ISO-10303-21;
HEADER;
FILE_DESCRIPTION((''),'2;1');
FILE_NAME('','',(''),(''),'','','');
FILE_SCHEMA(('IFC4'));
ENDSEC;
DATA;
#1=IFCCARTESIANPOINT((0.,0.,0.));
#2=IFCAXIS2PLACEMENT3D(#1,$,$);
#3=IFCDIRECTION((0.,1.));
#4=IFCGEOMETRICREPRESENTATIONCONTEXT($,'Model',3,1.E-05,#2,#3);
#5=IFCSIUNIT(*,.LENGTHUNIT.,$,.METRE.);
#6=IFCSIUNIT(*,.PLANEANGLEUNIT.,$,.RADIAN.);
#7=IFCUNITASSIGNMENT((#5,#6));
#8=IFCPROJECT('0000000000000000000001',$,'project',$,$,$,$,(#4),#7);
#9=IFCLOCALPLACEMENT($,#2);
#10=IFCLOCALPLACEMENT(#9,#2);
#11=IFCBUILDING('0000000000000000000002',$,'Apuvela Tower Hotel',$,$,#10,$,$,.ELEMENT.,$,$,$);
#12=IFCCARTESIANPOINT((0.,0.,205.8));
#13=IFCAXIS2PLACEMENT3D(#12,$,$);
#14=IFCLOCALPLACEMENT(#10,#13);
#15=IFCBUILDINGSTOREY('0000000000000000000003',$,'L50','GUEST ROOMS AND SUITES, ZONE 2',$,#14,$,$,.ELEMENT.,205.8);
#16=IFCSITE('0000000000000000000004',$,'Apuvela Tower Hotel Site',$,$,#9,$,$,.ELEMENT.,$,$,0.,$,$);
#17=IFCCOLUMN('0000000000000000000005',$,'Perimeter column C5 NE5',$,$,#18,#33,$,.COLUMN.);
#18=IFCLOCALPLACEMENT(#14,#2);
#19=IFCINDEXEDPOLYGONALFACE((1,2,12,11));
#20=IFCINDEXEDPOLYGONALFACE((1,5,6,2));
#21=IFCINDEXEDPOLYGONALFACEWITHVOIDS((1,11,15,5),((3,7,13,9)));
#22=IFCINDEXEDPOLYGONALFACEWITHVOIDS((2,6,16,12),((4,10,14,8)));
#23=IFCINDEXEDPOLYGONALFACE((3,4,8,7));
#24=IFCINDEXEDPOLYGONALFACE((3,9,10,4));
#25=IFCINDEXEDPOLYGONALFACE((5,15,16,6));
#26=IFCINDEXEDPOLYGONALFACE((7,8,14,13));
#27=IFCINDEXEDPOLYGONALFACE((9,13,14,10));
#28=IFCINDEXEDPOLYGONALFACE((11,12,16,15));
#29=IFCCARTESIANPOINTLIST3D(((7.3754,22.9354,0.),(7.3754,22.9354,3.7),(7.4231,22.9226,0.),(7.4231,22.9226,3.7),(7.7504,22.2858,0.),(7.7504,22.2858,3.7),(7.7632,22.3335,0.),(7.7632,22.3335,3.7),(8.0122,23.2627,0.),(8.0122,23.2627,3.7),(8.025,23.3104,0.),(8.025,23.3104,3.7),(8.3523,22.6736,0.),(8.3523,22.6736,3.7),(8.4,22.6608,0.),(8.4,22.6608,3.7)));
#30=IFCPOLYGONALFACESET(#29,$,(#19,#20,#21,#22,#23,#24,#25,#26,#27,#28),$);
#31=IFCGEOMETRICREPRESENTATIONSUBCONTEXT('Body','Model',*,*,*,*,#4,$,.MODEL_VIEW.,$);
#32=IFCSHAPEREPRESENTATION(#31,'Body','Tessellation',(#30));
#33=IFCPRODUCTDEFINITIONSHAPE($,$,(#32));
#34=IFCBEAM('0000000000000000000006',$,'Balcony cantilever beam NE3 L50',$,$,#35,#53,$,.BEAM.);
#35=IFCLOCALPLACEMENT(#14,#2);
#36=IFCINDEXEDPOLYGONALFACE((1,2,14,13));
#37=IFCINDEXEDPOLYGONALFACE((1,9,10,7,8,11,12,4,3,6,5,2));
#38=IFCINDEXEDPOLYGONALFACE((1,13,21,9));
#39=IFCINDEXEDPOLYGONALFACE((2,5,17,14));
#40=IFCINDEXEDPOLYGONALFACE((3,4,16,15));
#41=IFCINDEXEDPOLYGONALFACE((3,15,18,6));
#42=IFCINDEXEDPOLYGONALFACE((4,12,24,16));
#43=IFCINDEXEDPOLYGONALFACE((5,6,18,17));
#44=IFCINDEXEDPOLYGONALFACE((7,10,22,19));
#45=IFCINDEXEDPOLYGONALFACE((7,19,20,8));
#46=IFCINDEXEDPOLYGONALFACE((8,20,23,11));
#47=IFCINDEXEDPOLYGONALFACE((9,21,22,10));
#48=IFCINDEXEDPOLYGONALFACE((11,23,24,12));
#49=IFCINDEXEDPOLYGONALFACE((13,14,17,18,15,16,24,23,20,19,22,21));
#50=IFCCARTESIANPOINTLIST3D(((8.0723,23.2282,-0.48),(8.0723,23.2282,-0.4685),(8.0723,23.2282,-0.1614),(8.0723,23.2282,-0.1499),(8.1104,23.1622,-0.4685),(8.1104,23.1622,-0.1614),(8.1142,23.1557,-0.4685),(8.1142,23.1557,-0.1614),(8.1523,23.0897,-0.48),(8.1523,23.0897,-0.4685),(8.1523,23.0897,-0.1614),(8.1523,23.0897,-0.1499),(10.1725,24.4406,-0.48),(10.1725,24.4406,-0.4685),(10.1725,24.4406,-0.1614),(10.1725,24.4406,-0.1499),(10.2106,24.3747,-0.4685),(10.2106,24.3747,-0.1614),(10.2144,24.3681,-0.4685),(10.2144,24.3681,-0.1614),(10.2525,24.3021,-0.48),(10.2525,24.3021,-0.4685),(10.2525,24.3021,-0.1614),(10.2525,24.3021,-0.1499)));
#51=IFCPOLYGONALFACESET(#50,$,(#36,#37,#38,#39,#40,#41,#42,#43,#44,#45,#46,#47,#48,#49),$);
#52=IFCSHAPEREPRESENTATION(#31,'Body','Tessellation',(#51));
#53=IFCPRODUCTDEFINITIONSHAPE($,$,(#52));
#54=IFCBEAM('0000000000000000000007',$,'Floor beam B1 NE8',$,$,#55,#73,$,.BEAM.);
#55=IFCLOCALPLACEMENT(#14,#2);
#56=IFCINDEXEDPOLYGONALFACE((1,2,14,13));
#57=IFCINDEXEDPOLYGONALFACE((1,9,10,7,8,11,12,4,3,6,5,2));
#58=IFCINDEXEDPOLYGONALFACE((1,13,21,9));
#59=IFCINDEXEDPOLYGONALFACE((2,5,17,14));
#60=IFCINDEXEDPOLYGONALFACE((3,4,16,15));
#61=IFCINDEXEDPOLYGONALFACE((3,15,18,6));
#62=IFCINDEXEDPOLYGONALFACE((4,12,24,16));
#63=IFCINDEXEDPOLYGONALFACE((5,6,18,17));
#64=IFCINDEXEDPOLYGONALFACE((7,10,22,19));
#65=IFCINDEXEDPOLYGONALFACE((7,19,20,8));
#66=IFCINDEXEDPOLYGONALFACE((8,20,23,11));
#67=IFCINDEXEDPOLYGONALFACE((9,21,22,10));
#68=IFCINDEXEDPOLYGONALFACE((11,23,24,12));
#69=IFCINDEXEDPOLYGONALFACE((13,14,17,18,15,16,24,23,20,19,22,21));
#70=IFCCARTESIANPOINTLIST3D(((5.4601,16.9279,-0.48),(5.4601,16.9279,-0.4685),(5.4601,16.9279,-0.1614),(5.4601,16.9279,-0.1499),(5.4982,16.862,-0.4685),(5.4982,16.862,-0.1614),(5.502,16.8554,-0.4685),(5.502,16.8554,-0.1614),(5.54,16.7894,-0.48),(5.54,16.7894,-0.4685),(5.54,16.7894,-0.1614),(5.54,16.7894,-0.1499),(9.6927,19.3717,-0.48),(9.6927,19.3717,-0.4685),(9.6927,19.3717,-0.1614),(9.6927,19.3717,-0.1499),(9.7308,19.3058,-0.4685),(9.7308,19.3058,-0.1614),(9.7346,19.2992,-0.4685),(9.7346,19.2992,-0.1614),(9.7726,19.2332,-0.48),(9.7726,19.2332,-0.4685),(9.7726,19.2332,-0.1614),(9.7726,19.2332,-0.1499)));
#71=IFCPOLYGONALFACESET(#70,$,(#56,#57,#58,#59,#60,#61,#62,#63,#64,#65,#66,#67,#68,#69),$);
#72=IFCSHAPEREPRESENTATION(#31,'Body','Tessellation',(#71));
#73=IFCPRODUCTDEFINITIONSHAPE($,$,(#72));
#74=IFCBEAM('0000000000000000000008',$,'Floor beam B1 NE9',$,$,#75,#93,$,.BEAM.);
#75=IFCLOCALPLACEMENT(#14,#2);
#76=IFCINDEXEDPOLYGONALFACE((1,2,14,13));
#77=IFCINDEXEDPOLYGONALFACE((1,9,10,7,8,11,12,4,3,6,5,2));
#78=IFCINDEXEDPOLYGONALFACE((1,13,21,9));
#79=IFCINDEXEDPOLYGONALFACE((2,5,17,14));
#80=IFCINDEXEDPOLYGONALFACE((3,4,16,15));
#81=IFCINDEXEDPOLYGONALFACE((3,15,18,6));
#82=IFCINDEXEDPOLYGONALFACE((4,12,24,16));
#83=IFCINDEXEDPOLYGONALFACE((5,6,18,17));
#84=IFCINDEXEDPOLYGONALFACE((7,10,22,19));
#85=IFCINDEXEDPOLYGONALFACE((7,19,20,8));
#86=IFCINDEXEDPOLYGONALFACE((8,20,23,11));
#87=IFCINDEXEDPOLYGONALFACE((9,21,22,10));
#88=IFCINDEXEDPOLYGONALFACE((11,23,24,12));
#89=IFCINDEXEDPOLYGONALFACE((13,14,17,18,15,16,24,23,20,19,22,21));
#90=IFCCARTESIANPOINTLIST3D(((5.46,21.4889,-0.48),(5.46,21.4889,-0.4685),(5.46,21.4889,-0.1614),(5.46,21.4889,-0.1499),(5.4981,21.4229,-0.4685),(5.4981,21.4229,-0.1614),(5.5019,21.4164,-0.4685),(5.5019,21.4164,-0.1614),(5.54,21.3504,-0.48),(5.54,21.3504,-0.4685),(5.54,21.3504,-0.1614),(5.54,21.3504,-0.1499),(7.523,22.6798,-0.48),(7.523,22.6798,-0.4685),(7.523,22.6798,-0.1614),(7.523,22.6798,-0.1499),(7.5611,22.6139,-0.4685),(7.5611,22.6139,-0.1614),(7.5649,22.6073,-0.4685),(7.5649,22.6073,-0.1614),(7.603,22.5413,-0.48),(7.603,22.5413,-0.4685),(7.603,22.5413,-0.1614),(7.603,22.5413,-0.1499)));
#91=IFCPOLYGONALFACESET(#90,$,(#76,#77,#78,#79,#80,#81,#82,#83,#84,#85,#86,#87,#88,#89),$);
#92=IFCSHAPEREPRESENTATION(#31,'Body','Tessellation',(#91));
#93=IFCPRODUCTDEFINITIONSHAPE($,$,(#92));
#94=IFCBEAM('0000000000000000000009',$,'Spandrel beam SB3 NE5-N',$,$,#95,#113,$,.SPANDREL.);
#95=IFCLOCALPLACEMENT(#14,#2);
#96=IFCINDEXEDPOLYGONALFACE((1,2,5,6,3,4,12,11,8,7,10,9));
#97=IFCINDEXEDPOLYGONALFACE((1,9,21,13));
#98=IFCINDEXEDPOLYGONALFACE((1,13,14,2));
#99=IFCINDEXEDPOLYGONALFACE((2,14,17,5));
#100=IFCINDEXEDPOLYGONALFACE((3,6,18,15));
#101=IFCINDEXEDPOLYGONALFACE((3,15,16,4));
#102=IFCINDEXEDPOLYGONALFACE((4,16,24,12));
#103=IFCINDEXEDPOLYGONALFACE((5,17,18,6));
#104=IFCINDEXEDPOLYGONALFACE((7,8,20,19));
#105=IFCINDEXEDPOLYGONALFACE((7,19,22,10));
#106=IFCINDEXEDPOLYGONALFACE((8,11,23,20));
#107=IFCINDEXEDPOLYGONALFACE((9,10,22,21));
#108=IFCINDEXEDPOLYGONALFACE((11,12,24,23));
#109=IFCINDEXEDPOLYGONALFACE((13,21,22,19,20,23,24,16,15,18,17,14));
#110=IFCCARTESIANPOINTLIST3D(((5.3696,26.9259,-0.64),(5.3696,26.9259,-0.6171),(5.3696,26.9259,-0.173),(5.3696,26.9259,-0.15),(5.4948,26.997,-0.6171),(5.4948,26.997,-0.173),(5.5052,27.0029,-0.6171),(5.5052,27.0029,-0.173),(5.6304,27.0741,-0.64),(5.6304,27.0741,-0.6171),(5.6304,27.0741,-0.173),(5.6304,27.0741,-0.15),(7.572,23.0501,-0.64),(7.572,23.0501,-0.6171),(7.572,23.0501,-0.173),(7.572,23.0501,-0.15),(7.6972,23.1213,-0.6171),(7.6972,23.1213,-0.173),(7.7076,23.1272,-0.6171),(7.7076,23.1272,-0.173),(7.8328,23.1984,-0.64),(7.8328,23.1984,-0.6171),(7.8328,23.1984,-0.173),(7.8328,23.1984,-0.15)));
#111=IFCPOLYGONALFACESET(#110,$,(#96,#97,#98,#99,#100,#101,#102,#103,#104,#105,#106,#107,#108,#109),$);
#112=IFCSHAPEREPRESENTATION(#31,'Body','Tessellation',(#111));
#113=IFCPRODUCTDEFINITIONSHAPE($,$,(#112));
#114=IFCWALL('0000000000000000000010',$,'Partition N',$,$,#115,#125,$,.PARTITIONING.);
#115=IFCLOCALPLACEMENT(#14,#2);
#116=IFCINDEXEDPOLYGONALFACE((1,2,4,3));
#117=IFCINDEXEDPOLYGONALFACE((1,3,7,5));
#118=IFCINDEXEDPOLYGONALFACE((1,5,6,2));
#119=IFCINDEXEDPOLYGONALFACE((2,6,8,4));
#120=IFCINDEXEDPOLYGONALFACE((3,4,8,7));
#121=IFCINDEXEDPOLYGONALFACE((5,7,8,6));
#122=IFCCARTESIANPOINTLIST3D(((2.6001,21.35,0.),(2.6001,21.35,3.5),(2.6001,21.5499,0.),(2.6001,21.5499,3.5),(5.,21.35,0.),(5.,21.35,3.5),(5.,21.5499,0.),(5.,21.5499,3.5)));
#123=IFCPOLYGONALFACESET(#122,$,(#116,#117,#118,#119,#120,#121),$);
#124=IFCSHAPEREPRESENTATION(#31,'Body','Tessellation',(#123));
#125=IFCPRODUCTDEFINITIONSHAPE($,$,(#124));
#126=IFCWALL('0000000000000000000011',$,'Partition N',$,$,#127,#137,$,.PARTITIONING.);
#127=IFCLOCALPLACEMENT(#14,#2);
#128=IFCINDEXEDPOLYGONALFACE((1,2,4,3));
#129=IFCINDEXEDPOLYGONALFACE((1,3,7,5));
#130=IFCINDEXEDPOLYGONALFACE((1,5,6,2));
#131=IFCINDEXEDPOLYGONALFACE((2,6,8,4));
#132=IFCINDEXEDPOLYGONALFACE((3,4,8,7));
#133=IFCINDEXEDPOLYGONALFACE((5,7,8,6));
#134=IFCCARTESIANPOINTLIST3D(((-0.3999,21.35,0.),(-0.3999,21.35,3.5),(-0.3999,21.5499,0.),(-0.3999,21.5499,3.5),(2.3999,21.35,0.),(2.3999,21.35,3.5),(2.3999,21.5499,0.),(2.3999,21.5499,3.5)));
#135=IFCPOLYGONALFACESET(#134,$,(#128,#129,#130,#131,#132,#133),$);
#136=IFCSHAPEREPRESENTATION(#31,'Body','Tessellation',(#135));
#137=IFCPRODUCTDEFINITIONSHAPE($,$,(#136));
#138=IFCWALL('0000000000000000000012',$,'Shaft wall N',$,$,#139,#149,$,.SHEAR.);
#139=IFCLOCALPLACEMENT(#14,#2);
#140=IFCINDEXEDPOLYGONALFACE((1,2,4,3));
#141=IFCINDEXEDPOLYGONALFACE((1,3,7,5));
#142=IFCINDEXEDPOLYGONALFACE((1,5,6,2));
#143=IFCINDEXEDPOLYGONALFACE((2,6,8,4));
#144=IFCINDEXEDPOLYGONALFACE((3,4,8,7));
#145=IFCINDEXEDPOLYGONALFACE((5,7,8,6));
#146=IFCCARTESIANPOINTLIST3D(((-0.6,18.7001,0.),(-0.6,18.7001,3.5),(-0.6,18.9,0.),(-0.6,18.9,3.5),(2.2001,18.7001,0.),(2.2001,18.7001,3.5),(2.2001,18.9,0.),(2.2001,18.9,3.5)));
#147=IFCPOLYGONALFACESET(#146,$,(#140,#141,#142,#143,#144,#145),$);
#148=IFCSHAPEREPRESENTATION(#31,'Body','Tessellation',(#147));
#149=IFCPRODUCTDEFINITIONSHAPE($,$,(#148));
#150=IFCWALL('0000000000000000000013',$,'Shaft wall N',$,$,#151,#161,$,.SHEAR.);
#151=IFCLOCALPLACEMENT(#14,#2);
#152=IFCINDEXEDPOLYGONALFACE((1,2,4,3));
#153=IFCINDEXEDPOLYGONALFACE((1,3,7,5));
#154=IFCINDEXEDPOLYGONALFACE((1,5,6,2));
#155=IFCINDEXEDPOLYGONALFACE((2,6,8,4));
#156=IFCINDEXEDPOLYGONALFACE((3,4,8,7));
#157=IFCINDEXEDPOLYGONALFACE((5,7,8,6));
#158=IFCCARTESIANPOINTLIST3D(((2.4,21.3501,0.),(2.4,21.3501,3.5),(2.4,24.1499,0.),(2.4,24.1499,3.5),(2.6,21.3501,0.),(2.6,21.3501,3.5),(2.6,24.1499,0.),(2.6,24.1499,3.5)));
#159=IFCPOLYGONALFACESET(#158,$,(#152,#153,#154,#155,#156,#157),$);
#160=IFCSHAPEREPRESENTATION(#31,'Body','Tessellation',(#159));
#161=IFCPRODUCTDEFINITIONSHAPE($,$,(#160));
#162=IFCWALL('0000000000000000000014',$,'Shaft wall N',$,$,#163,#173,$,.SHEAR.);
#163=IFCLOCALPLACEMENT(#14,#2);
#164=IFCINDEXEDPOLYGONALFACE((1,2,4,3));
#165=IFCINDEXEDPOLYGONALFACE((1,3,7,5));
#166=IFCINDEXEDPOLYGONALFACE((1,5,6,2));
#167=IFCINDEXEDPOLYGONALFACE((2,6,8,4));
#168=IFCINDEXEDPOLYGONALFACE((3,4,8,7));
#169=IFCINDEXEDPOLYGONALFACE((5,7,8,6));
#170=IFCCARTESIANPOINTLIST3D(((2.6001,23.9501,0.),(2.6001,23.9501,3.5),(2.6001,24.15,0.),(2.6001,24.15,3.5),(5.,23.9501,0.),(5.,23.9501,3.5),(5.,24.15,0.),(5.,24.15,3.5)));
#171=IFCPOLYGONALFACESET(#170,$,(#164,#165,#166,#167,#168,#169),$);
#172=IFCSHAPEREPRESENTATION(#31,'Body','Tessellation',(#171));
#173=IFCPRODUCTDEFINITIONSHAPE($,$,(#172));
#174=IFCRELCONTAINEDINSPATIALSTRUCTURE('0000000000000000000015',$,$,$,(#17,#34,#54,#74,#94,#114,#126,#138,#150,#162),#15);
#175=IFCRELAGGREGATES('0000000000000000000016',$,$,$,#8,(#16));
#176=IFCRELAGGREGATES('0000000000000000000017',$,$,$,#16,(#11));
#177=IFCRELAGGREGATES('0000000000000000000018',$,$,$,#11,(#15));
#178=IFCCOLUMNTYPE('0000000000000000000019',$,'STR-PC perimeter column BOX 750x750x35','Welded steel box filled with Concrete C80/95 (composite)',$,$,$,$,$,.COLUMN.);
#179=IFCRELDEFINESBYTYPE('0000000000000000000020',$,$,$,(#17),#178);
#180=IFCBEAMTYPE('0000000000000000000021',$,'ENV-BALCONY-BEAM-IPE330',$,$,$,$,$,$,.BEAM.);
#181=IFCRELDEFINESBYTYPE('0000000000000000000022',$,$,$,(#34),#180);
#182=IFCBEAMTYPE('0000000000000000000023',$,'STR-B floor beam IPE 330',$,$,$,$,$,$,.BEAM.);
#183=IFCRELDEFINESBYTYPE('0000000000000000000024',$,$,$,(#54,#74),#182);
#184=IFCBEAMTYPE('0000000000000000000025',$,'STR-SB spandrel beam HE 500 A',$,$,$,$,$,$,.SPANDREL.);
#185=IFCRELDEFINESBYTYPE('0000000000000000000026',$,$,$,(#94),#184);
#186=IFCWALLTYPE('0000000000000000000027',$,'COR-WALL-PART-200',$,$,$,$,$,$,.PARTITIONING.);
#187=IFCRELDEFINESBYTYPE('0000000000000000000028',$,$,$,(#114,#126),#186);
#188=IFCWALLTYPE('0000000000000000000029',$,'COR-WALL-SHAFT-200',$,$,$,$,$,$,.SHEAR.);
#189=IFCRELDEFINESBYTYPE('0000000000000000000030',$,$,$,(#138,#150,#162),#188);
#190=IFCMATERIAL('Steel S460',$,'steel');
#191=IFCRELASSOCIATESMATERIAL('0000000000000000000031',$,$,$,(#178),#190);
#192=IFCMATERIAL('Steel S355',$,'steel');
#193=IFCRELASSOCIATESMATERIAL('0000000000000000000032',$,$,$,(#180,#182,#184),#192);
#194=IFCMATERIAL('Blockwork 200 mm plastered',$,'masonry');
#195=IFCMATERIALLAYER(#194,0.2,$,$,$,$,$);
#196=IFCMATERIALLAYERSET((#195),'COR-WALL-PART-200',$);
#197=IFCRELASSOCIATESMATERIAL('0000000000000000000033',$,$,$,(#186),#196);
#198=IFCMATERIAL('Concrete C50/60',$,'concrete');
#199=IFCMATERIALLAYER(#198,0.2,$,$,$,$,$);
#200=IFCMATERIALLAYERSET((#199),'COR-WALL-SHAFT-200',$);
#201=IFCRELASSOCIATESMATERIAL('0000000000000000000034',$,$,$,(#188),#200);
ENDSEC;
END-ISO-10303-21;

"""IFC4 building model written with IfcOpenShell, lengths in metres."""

from ifc_helpers import new_model, si_unit, direction, frame, frame_2d, origin, origin_2d, place, context, subcontext, project, spatial, rectangle, hollow_rectangle, i_section, extrude, material, layer, layer_set, material_profile, profile_set, type_object, element, save


model = new_model("IFC4")

# Units and contexts
model_context = context("Model", 3, precision=1e-05, world=origin(), true_north=direction((0.0, 1.0)))
body_context = subcontext(model_context, "Body", "Model", "MODEL_VIEW")
ifc_project = project(units=[si_unit("LENGTHUNIT", "METRE"), si_unit("PLANEANGLEUNIT", "RADIAN")], contexts=[model_context])

# Site, building, storey
site_placement = place(None, origin())
site = spatial("IfcSite", under=ifc_project, at=site_placement, Name="Apuvela Tower Hotel Site", CompositionType="ELEMENT", RefElevation=0.0)
building_placement = place(site_placement, origin())
building = spatial("IfcBuilding", under=site, at=building_placement, Name="Apuvela Tower Hotel", CompositionType="ELEMENT")
storey_placement = place(building_placement, frame((0.0, 0.0, 205.8)))
storey = spatial("IfcBuildingStorey", under=building, at=storey_placement, Name="L50", Description="GUEST ROOMS AND SUITES, ZONE 2", CompositionType="ELEMENT", Elevation=205.8)

# Column
ifc_material_1 = material(Name="Steel S460", Category="steel")
ifc_material_profile_1 = material_profile(ifc_material_1, hollow_rectangle(XDim=0.75, YDim=0.75, WallThickness=0.0349, at=origin_2d()), Name="BOX 750x750x35")
ifc_material_2 = material(Name="Concrete C80/95", Category="concrete")
ifc_material_profile_2 = material_profile(ifc_material_2, rectangle(XDim=0.6799, YDim=0.6799, at=origin_2d()), Name="Concrete C80/95 infill")
ifc_profile_set_1 = profile_set([ifc_material_profile_1, ifc_material_profile_2], Name="Steel S460")
column_type = type_object("IfcColumnType", Name="STR-PC perimeter column BOX 750x750x35", Description="Welded steel box filled with Concrete C80/95 (composite)", PredefinedType="COLUMN", material=ifc_profile_set_1)
column_placement = place(storey_placement, frame((7.8877, 22.7981, 0.0), z_axis=(0.0, 0.0, 1.0), x_axis=(-0.5, 0.866025, 0.0)))
element("IfcColumn", 1, at=column_placement, inside=storey, type_object=column_type, Name="Perimeter column C5 NE5", PredefinedType="COLUMN", context=body_context, shape_type="SweptSolid", body=[
    extrude(hollow_rectangle(XDim=0.75, YDim=0.75, WallThickness=0.0349, at=origin_2d()), origin(), (0.0, 0.0, 1.0), 3.7),
])

# Beams
ifc_material_3 = material(Name="Steel S355", Category="steel")
ifc_material_profile_3 = material_profile(ifc_material_3, i_section(OverallWidth=0.1599, OverallDepth=0.3301, WebThickness=0.0076, FlangeThickness=0.0115, at=origin_2d()), Name="IPE 330")
ifc_profile_set_2 = profile_set([ifc_material_profile_3], Name="Steel S355")
beam_type_1 = type_object("IfcBeamType", Name="ENV-BALCONY-BEAM-IPE330", PredefinedType="BEAM", material=ifc_profile_set_2)
beam_1_placement = place(storey_placement, frame((8.1123, 23.1589, -0.3149), z_axis=(0.866041, 0.499972, 0.0), x_axis=(-0.499972, 0.866041, 0.0)))
element("IfcBeam", 2, at=beam_1_placement, inside=storey, type_object=beam_type_1, Name="Balcony cantilever beam NE3 L50", PredefinedType="BEAM", context=body_context, shape_type="SweptSolid", body=[
    extrude(i_section(OverallWidth=0.1599, OverallDepth=0.3301, WebThickness=0.0076, FlangeThickness=0.0115, at=origin_2d()), origin(), (0.0, 0.0, 1.0), 2.425),
])
ifc_material_profile_4 = material_profile(ifc_material_3, i_section(OverallWidth=0.1599, OverallDepth=0.3301, WebThickness=0.0076, FlangeThickness=0.0115, at=origin_2d()), Name="IPE 330")
ifc_profile_set_3 = profile_set([ifc_material_profile_4], Name="Steel S355")
beam_type_2 = type_object("IfcBeamType", Name="STR-B floor beam IPE 330", PredefinedType="BEAM", material=ifc_profile_set_3)
beam_2_placement = place(storey_placement, frame((9.7327, 19.3025, -0.3149), z_axis=(-0.866015, -0.500018, 0.0), x_axis=(0.500018, -0.866015, 0.0)))
element("IfcBeam", 3, at=beam_2_placement, inside=storey, type_object=beam_type_2, Name="Floor beam B1 NE8", PredefinedType="BEAM", context=body_context, shape_type="SweptSolid", body=[
    extrude(i_section(OverallWidth=0.1599, OverallDepth=0.3301, WebThickness=0.0076, FlangeThickness=0.0115, at=origin_2d()), origin(), (0.0, 0.0, 1.0), 4.8875),
])
beam_3_placement = place(storey_placement, frame((7.563, 22.6106, -0.3149), z_axis=(-0.866052, -0.499953, 0.0), x_axis=(0.499953, -0.866052, 0.0)))
element("IfcBeam", 4, at=beam_3_placement, inside=storey, type_object=beam_type_2, Name="Floor beam B1 NE9", PredefinedType="BEAM", context=body_context, shape_type="SweptSolid", body=[
    extrude(i_section(OverallWidth=0.1599, OverallDepth=0.3301, WebThickness=0.0076, FlangeThickness=0.0115, at=origin_2d()), origin(), (0.0, 0.0, 1.0), 2.3821),
])
ifc_material_profile_5 = material_profile(ifc_material_3, i_section(OverallWidth=0.3, OverallDepth=0.49, WebThickness=0.012, FlangeThickness=0.0229, at=origin_2d()), Name="HE 500 A")
ifc_profile_set_4 = profile_set([ifc_material_profile_5], Name="Steel S355")
beam_type_3 = type_object("IfcBeamType", Name="STR-SB spandrel beam HE 500 A", PredefinedType="SPANDREL", material=ifc_profile_set_4)
beam_4_placement = place(storey_placement, frame((7.7024, 23.1243, -0.395), z_axis=(-0.494056, 0.86943, 0.0), x_axis=(-0.86943, -0.494056, 0.0)))
element("IfcBeam", 5, at=beam_4_placement, inside=storey, type_object=beam_type_3, Name="Spandrel beam SB3 NE5-N", PredefinedType="SPANDREL", context=body_context, shape_type="SweptSolid", body=[
    extrude(i_section(OverallWidth=0.3, OverallDepth=0.49, WebThickness=0.012, FlangeThickness=0.0229, at=origin_2d()), origin(), (0.0, 0.0, 1.0), 4.4578),
])

# Walls
ifc_material_4 = material(Name="Blockwork 200 mm plastered", Category="masonry")
ifc_layer_1 = layer(ifc_material_4, 0.2)
ifc_layer_set_1 = layer_set([ifc_layer_1], Name="COR-WALL-PART-200")
wall_type_1 = type_object("IfcWallType", Name="COR-WALL-PART-200", PredefinedType="PARTITIONING", material=ifc_layer_set_1)
wall_1_placement = place(storey_placement, frame((5.0, 21.45, 0.0), z_axis=(0.0, 0.0, 1.0), x_axis=(-1.0, 0.0, 0.0)))
element("IfcWall", 6, at=wall_1_placement, inside=storey, type_object=wall_type_1, Name="Partition N", PredefinedType="PARTITIONING", context=body_context, shape_type="SweptSolid", body=[
    extrude(rectangle(XDim=2.3999, YDim=0.2, at=frame_2d((1.2, 0.0))), origin(), (0.0, 0.0, 1.0), 3.5),
])
wall_2_placement = place(storey_placement, frame((2.3999, 21.45, 0.0), z_axis=(0.0, 0.0, 1.0), x_axis=(-1.0, 0.0, 0.0)))
element("IfcWall", 7, at=wall_2_placement, inside=storey, type_object=wall_type_1, Name="Partition N", PredefinedType="PARTITIONING", context=body_context, shape_type="SweptSolid", body=[
    extrude(rectangle(XDim=2.7998, YDim=0.2, at=frame_2d((1.3999, 0.0))), origin(), (0.0, 0.0, 1.0), 3.5),
])
ifc_material_5 = material(Name="Concrete C50/60", Category="concrete")
ifc_layer_2 = layer(ifc_material_5, 0.2)
ifc_layer_set_2 = layer_set([ifc_layer_2], Name="COR-WALL-SHAFT-200")
wall_type_2 = type_object("IfcWallType", Name="COR-WALL-SHAFT-200", PredefinedType="SHEAR", material=ifc_layer_set_2)
wall_3_placement = place(storey_placement, frame((2.2, 18.8, 0.0), z_axis=(0.0, 0.0, 1.0), x_axis=(-1.0, 0.0, 0.0)))
element("IfcWall", 8, at=wall_3_placement, inside=storey, type_object=wall_type_2, Name="Shaft wall N", PredefinedType="SHEAR", context=body_context, shape_type="SweptSolid", body=[
    extrude(rectangle(XDim=2.8, YDim=0.2, at=frame_2d((1.3999, 0.0))), origin(), (0.0, 0.0, 1.0), 3.5),
])
wall_4_placement = place(storey_placement, frame((2.5, 21.3501, 0.0), z_axis=(0.0, 0.0, 1.0), x_axis=(0.0, 1.0, 0.0)))
element("IfcWall", 9, at=wall_4_placement, inside=storey, type_object=wall_type_2, Name="Shaft wall N", PredefinedType="SHEAR", context=body_context, shape_type="SweptSolid", body=[
    extrude(rectangle(XDim=2.7998, YDim=0.2, at=frame_2d((1.3999, 0.0))), origin(), (0.0, 0.0, 1.0), 3.5),
])
wall_5_placement = place(storey_placement, frame((5.0, 24.05, 0.0), z_axis=(0.0, 0.0, 1.0), x_axis=(-1.0, 0.0, 0.0)))
element("IfcWall", 10, at=wall_5_placement, inside=storey, type_object=wall_type_2, Name="Shaft wall N", PredefinedType="SHEAR", context=body_context, shape_type="SweptSolid", body=[
    extrude(rectangle(XDim=2.3999, YDim=0.2, at=frame_2d((1.2, 0.0))), origin(), (0.0, 0.0, 1.0), 3.5),
])

save(model, "model.ifc")
